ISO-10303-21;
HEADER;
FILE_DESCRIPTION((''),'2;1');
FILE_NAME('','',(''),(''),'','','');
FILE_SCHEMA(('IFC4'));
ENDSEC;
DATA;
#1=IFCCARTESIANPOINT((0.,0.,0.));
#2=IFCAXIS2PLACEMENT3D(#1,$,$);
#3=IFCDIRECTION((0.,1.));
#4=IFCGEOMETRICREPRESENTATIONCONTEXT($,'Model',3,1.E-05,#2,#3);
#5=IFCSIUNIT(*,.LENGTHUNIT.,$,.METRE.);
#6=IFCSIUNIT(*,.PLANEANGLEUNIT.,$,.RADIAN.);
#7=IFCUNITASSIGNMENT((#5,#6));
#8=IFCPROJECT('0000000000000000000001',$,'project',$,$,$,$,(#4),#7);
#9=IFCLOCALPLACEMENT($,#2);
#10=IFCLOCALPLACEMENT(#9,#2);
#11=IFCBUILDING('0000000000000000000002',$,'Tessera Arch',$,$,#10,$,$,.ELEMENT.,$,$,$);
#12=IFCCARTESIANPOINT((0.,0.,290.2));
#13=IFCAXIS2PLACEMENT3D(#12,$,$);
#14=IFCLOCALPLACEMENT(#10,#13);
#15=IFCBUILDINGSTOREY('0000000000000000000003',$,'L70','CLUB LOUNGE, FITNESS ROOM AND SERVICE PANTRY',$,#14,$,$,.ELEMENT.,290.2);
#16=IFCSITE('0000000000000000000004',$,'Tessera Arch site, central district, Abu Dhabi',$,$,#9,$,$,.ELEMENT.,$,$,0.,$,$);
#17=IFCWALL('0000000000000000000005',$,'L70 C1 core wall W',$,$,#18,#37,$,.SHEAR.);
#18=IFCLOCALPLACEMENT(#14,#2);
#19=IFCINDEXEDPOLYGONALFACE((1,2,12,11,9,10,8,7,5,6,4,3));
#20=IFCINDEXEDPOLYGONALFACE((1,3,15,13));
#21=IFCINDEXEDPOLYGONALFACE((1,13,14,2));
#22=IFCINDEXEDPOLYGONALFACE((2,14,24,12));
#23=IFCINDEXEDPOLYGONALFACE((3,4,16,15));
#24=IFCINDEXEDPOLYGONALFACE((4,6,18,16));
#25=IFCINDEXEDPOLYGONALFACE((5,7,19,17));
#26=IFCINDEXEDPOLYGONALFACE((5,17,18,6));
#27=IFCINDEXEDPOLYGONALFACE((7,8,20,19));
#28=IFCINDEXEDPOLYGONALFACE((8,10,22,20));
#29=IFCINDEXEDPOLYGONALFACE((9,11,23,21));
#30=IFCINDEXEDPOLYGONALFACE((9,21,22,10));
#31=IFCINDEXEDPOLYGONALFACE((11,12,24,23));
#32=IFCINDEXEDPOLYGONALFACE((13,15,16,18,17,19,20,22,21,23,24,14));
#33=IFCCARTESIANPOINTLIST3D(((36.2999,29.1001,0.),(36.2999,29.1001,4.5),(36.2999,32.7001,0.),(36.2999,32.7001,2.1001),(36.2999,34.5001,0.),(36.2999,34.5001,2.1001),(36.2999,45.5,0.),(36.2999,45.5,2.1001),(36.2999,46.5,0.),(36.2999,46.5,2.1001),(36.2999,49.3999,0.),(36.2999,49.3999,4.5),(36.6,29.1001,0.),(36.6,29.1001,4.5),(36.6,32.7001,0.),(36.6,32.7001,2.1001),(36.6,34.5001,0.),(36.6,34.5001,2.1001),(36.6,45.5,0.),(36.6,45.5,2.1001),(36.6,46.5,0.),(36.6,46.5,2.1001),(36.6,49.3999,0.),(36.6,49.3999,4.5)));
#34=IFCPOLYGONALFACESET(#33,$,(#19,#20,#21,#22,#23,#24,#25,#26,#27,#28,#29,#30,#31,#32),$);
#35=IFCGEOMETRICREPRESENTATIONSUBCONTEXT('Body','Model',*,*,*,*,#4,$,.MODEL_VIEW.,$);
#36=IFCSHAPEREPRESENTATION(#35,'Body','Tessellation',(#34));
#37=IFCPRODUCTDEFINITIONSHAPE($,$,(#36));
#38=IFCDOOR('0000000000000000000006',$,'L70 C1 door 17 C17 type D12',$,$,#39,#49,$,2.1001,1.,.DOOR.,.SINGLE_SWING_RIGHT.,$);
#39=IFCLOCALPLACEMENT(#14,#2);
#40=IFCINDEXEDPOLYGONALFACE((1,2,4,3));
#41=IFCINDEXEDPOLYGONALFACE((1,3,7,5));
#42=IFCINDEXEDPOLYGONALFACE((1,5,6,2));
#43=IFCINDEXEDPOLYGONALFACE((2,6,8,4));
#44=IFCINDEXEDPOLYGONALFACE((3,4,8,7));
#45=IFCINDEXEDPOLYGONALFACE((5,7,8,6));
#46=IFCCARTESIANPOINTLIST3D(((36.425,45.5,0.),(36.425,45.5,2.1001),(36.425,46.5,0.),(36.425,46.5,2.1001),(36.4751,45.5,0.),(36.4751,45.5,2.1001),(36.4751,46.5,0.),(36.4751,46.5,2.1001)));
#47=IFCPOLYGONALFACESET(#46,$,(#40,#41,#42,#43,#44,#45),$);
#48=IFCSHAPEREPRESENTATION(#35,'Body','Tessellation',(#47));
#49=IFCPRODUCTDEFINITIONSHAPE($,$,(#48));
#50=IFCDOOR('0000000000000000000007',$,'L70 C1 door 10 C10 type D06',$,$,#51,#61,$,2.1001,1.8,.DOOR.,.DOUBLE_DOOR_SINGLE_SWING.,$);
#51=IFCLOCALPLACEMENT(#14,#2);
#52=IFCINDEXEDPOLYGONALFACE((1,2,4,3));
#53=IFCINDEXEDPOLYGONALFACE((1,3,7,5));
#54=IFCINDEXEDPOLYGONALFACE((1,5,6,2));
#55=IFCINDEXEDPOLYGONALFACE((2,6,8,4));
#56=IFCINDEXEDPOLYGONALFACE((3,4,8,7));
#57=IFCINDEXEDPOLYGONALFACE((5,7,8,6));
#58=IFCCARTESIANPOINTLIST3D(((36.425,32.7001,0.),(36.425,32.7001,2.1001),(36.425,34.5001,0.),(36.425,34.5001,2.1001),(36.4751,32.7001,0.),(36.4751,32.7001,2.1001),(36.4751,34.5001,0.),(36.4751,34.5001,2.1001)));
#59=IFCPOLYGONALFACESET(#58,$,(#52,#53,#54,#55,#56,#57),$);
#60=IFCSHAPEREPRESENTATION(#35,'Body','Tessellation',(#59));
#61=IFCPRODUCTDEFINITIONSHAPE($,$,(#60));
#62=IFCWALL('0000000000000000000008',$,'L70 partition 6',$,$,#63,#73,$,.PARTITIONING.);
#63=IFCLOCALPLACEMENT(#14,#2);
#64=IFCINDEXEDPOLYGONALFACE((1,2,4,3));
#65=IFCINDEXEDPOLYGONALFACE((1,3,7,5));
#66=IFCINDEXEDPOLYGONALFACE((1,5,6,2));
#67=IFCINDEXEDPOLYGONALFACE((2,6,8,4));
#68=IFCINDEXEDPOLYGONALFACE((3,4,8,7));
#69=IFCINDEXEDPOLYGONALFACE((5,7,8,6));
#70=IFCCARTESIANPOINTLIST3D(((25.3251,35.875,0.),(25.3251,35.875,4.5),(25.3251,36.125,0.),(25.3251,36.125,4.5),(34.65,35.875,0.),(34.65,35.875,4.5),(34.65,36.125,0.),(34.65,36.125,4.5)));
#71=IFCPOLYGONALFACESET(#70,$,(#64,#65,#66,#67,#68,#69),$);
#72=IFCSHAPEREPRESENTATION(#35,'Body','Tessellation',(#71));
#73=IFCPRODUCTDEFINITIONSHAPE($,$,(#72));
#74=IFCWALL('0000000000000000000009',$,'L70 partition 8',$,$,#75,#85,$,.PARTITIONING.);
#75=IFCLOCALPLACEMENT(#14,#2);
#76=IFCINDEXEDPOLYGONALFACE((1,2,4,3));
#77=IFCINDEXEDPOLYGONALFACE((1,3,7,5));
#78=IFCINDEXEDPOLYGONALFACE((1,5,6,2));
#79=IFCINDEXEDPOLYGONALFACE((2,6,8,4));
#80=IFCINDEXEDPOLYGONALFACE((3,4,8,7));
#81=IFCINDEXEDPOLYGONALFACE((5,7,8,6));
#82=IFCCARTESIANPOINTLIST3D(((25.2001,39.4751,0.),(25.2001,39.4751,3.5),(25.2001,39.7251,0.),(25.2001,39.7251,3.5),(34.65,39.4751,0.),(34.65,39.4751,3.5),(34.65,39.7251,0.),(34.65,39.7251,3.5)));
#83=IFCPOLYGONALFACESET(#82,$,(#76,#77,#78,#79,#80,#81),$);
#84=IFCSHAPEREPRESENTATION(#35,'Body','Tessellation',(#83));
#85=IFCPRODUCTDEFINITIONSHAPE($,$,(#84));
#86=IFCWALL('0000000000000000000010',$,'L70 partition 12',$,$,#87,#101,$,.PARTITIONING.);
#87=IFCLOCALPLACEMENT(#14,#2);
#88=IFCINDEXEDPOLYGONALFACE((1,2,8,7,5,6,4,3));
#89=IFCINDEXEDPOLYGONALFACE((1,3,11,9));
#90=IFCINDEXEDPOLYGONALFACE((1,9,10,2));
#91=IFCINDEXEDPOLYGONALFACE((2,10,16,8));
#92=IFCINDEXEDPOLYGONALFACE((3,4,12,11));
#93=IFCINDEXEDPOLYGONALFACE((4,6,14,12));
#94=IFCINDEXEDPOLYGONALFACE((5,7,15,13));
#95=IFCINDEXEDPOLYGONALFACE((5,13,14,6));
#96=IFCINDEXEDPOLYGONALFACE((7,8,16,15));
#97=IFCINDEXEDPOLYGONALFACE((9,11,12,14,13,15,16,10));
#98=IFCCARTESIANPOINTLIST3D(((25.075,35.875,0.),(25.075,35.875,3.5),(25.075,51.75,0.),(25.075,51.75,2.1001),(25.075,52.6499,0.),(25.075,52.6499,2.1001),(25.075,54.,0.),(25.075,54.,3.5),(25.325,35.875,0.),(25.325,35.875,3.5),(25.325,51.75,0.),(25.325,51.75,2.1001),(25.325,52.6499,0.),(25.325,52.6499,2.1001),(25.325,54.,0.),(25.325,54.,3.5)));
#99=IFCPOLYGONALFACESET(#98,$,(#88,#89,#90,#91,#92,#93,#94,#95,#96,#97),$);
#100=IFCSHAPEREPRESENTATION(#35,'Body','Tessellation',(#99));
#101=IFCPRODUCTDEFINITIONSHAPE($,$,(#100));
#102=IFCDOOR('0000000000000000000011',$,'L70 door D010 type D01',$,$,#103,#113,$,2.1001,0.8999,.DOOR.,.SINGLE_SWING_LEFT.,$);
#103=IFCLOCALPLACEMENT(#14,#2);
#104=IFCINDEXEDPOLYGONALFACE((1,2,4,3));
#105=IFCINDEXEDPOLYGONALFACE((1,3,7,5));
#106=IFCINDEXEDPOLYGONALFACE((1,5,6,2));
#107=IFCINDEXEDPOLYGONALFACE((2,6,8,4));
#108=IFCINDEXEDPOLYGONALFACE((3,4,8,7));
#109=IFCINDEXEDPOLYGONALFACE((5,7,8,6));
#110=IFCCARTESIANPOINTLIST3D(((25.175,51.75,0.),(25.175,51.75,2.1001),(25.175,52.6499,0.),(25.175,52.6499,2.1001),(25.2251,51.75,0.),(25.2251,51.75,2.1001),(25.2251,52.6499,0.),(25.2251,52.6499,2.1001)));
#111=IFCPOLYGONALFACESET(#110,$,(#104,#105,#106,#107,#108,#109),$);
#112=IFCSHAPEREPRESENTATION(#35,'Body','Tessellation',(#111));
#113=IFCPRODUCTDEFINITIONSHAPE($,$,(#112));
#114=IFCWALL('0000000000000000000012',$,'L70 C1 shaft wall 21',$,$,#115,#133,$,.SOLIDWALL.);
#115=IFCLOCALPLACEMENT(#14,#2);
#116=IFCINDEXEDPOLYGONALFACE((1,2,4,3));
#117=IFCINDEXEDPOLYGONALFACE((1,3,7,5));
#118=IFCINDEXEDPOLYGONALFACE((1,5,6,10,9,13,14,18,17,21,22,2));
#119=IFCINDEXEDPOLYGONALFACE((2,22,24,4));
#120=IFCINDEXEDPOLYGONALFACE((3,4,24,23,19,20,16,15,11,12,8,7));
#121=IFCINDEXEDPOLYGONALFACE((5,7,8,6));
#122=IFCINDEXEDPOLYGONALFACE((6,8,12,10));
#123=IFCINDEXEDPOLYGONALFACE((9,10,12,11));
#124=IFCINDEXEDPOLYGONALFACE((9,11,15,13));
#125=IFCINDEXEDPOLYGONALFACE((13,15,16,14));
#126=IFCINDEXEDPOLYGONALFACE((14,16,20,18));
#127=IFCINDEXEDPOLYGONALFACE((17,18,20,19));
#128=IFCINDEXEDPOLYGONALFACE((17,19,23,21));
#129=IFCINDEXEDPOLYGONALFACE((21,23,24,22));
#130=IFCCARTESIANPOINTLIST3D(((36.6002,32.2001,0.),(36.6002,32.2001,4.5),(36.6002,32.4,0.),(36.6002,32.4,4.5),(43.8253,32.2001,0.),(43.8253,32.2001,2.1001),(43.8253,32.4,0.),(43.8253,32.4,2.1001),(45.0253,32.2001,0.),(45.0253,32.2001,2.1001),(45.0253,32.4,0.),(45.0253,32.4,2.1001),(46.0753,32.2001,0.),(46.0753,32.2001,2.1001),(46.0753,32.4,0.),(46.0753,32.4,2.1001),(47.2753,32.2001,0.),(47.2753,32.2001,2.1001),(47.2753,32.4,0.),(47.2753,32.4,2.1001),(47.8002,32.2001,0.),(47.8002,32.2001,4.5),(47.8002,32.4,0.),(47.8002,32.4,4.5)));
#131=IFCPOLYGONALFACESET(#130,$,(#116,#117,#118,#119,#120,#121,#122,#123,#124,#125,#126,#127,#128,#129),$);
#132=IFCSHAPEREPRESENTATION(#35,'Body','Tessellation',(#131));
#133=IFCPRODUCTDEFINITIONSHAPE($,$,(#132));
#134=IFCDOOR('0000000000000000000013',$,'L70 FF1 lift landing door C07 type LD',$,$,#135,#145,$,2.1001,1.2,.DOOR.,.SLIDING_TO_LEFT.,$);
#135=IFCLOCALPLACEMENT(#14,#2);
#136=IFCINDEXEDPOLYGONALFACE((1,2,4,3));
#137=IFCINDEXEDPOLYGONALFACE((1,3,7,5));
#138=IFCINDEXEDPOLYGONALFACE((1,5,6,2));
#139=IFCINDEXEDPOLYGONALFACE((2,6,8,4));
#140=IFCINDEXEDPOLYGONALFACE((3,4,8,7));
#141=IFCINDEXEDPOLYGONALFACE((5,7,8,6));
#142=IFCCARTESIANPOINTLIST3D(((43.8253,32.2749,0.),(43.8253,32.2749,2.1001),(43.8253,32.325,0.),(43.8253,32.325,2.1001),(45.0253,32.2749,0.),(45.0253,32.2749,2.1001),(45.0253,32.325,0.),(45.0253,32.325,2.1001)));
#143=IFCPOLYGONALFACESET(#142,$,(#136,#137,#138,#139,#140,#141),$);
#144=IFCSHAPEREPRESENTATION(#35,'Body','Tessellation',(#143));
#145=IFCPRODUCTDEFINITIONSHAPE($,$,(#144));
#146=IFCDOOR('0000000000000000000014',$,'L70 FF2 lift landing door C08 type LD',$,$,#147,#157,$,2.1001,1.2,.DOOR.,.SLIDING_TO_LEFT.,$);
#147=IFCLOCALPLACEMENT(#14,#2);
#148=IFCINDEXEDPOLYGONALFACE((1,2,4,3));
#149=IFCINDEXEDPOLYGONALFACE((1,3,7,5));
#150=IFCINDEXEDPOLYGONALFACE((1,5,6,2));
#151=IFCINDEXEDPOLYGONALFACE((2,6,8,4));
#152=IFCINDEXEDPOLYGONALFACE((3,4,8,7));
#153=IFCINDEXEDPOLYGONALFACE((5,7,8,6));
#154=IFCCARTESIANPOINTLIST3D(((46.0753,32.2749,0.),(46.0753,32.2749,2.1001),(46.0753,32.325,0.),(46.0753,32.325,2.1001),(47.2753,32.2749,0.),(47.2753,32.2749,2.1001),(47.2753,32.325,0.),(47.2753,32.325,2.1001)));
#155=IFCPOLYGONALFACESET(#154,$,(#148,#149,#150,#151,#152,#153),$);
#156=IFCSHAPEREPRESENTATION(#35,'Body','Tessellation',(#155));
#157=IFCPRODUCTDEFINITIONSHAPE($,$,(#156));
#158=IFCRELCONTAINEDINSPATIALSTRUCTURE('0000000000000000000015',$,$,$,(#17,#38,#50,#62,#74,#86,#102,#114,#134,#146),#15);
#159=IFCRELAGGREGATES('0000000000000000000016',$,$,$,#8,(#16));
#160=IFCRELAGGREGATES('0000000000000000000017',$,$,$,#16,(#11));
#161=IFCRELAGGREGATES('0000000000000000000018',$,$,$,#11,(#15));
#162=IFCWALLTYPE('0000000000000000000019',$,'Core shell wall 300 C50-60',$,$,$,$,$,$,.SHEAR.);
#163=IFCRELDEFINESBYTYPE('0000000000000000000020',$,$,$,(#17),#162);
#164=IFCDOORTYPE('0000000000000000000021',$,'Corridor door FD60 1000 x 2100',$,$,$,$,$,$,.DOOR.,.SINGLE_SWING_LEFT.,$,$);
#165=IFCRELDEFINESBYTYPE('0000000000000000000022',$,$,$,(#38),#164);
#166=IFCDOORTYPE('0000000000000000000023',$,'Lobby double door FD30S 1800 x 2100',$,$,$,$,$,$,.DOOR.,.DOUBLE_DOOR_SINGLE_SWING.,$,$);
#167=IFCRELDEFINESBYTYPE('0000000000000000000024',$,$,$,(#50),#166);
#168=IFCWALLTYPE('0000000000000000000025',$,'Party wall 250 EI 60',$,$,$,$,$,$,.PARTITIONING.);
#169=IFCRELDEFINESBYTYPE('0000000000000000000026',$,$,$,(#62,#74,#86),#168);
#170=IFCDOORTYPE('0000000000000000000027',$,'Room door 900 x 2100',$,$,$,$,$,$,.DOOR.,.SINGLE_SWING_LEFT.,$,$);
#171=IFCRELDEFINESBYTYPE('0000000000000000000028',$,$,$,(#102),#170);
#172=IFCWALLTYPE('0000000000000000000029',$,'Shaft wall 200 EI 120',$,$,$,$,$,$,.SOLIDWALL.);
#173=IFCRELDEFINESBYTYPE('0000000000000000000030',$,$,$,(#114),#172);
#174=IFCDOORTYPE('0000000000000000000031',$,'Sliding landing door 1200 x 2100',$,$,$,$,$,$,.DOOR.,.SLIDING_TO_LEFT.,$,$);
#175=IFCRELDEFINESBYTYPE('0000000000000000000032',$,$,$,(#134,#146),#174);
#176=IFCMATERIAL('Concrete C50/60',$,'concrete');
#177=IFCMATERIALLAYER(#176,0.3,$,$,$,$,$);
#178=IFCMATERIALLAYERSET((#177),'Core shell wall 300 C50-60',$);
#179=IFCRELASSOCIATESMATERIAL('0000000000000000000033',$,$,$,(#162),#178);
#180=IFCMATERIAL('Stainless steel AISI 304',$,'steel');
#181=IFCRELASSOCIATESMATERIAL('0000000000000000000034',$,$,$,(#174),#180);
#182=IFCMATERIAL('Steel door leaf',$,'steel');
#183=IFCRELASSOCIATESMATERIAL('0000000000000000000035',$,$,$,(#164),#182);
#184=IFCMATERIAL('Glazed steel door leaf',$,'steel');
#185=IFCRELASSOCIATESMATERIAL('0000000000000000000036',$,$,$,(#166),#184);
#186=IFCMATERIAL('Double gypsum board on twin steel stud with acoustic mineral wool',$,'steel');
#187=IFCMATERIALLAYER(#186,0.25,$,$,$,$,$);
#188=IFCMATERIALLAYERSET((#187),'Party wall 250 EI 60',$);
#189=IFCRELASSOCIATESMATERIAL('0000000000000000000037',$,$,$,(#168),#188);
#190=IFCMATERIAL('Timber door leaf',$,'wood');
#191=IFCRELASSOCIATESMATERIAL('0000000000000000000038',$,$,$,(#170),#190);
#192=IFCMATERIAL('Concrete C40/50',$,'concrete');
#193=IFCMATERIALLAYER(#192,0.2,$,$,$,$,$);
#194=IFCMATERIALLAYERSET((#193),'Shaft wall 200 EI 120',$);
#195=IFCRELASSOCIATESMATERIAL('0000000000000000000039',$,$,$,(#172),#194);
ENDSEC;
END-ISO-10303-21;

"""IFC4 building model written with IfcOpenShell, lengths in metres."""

from ifc_helpers import new_model, si_unit, direction, frame, frame_2d, origin, place, context, subcontext, project, spatial, rectangle, extrude, material, layer, layer_set, type_object, element, fill, save


model = new_model("IFC4")

# Units and contexts
model_context = context("Model", 3, precision=1e-05, world=origin(), true_north=direction((0.0, 1.0)))
body_context = subcontext(model_context, "Body", "Model", "MODEL_VIEW")
ifc_project = project(units=[si_unit("LENGTHUNIT", "METRE"), si_unit("PLANEANGLEUNIT", "RADIAN")], contexts=[model_context])

# Site, building, storey
site_placement = place(None, origin())
site = spatial("IfcSite", under=ifc_project, at=site_placement, Name="Tessera Arch site, central district, Abu Dhabi", CompositionType="ELEMENT", RefElevation=0.0)
building_placement = place(site_placement, origin())
building = spatial("IfcBuilding", under=site, at=building_placement, Name="Tessera Arch", CompositionType="ELEMENT")
storey_placement = place(building_placement, frame((0.0, 0.0, 290.2)))
storey = spatial("IfcBuildingStorey", under=building, at=storey_placement, Name="L70", Description="CLUB LOUNGE, FITNESS ROOM AND SERVICE PANTRY", CompositionType="ELEMENT", Elevation=290.2)

# Wall, openings, doors
ifc_material_1 = material(Name="Concrete C50/60", Category="concrete")
ifc_layer_1 = layer(ifc_material_1, 0.3)
ifc_layer_set_1 = layer_set([ifc_layer_1], Name="Core shell wall 300 C50-60")
wall_type_1 = type_object("IfcWallType", Name="Core shell wall 300 C50-60", PredefinedType="SHEAR", material=ifc_layer_set_1)
ifc_material_2 = material(Name="Stainless steel AISI 304", Category="steel")
door_type_1 = type_object("IfcDoorType", Name="Sliding landing door 1200 x 2100", OperationType="SLIDING_TO_LEFT", PredefinedType="DOOR", material=ifc_material_2)
wall_1_placement = place(storey_placement, frame((36.45, 29.1001, 0.0), z_axis=(0.0, 0.0, 1.0), x_axis=(0.0, 1.0, 0.0)))
wall_1 = element("IfcWall", 1, at=wall_1_placement, inside=storey, type_object=wall_type_1, Name="L70 C1 core wall W", PredefinedType="SHEAR", context=body_context, shape_type="SweptSolid", body=[
    extrude(rectangle(XDim=20.2998, YDim=0.3, at=frame_2d((10.1499, 0.0))), origin(), (0.0, 0.0, 1.0), 4.5),
])
opening_1_placement = place(wall_1_placement, frame((3.6001, 0.0, 0.0)))
opening_1 = element("IfcOpeningElement", 2, at=opening_1_placement, cuts=wall_1, PredefinedType="OPENING", context=body_context, shape_type="SweptSolid", body=[
    extrude(rectangle(XDim=1.8, YDim=2.1001, at=frame_2d((0.8999, 1.05))), frame((0.0, 0.1599, 0.0), z_axis=(0.0, -1.0, 0.0), x_axis=(1.0, 0.0, 0.0)), (0.0, 0.0, 1.0), 0.3201),
])
opening_2_placement = place(wall_1_placement, frame((16.3999, 0.0, 0.0)))
opening_2 = element("IfcOpeningElement", 3, at=opening_2_placement, cuts=wall_1, PredefinedType="OPENING", context=body_context, shape_type="SweptSolid", body=[
    extrude(rectangle(XDim=1.0, YDim=2.1001, at=frame_2d((0.5, 1.05))), frame((0.0, 0.1599, 0.0), z_axis=(0.0, -1.0, 0.0), x_axis=(1.0, 0.0, 0.0)), (0.0, 0.0, 1.0), 0.3201),
])
ifc_material_3 = material(Name="Steel door leaf", Category="steel")
door_type_2 = type_object("IfcDoorType", Name="Corridor door FD60 1000 x 2100", OperationType="SINGLE_SWING_LEFT", PredefinedType="DOOR", material=ifc_material_3)
door_1_placement = place(opening_2_placement, origin())
door_1 = element("IfcDoor", 4, at=door_1_placement, inside=storey, type_object=door_type_2, Name="L70 C1 door 17 C17 type D12", OperationType="SINGLE_SWING_RIGHT", OverallHeight=2.1001, OverallWidth=1.0, PredefinedType="DOOR", context=body_context, shape_type="SweptSolid", body=[
    extrude(rectangle(XDim=1.0, YDim=2.1001, at=frame_2d((0.5, 1.05))), frame((0.0, 0.0249, 0.0), z_axis=(0.0, -1.0, 0.0), x_axis=(1.0, 0.0, 0.0)), (0.0, 0.0, 1.0), 0.05),
])
fill(opening_2, door_1)
ifc_material_4 = material(Name="Glazed steel door leaf", Category="steel")
door_type_3 = type_object("IfcDoorType", Name="Lobby double door FD30S 1800 x 2100", OperationType="DOUBLE_DOOR_SINGLE_SWING", PredefinedType="DOOR", material=ifc_material_4)
door_2_placement = place(opening_1_placement, origin())
door_2 = element("IfcDoor", 5, at=door_2_placement, inside=storey, type_object=door_type_3, Name="L70 C1 door 10 C10 type D06", OperationType="DOUBLE_DOOR_SINGLE_SWING", OverallHeight=2.1001, OverallWidth=1.8, PredefinedType="DOOR", context=body_context, shape_type="SweptSolid", body=[
    extrude(rectangle(XDim=1.8, YDim=2.1001, at=frame_2d((0.8999, 1.05))), frame((0.0, 0.0249, 0.0), z_axis=(0.0, -1.0, 0.0), x_axis=(1.0, 0.0, 0.0)), (0.0, 0.0, 1.0), 0.05),
])
fill(opening_1, door_2)

# Walls
ifc_material_5 = material(Name="Double gypsum board on twin steel stud with acoustic mineral wool", Category="steel")
ifc_layer_2 = layer(ifc_material_5, 0.25)
ifc_layer_set_2 = layer_set([ifc_layer_2], Name="Party wall 250 EI 60")
wall_type_2 = type_object("IfcWallType", Name="Party wall 250 EI 60", PredefinedType="PARTITIONING", material=ifc_layer_set_2)
wall_2_placement = place(storey_placement, frame((25.325, 36.0, 0.0), z_axis=(0.0, 0.0, 1.0), x_axis=(1.0, 0.0, 0.0)))
element("IfcWall", 6, at=wall_2_placement, inside=storey, type_object=wall_type_2, Name="L70 partition 6", PredefinedType="PARTITIONING", context=body_context, shape_type="SweptSolid", body=[
    extrude(rectangle(XDim=9.325, YDim=0.25, at=frame_2d((4.6626, 0.0))), origin(), (0.0, 0.0, 1.0), 4.5),
])
wall_3_placement = place(storey_placement, frame((25.2, 39.6001, 0.0), z_axis=(0.0, 0.0, 1.0), x_axis=(1.0, 0.0, 0.0)))
element("IfcWall", 7, at=wall_3_placement, inside=storey, type_object=wall_type_2, Name="L70 partition 8", PredefinedType="PARTITIONING", context=body_context, shape_type="SweptSolid", body=[
    extrude(rectangle(XDim=9.45, YDim=0.25, at=frame_2d((4.7251, 0.0))), origin(), (0.0, 0.0, 1.0), 3.5),
])

# Wall, opening, door
wall_4_placement = place(storey_placement, frame((25.2, 35.875, 0.0), z_axis=(0.0, 0.0, 1.0), x_axis=(0.0, 1.0, 0.0)))
wall_4 = element("IfcWall", 8, at=wall_4_placement, inside=storey, type_object=wall_type_2, Name="L70 partition 12", PredefinedType="PARTITIONING", context=body_context, shape_type="SweptSolid", body=[
    extrude(rectangle(XDim=18.125, YDim=0.25, at=frame_2d((9.0625, 0.0))), origin(), (0.0, 0.0, 1.0), 3.5),
])
opening_3_placement = place(wall_4_placement, frame((15.875, 0.0, 0.0)))
opening_3 = element("IfcOpeningElement", 9, at=opening_3_placement, cuts=wall_4, PredefinedType="OPENING", context=body_context, shape_type="SweptSolid", body=[
    extrude(rectangle(XDim=0.8999, YDim=2.1001, at=frame_2d((0.45, 1.05))), frame((0.0, 0.135, 0.0), z_axis=(0.0, -1.0, 0.0), x_axis=(1.0, 0.0, 0.0)), (0.0, 0.0, 1.0), 0.27),
])
ifc_material_6 = material(Name="Timber door leaf", Category="wood")
door_type_4 = type_object("IfcDoorType", Name="Room door 900 x 2100", OperationType="SINGLE_SWING_LEFT", PredefinedType="DOOR", material=ifc_material_6)
door_3_placement = place(opening_3_placement, origin())
door_3 = element("IfcDoor", 10, at=door_3_placement, inside=storey, type_object=door_type_4, Name="L70 door D010 type D01", OperationType="SINGLE_SWING_LEFT", OverallHeight=2.1001, OverallWidth=0.8999, PredefinedType="DOOR", context=body_context, shape_type="SweptSolid", body=[
    extrude(rectangle(XDim=0.8999, YDim=2.1001, at=frame_2d((0.45, 1.05))), frame((0.0, 0.0249, 0.0), z_axis=(0.0, -1.0, 0.0), x_axis=(1.0, 0.0, 0.0)), (0.0, 0.0, 1.0), 0.05),
])
fill(opening_3, door_3)

# Wall, openings, doors
ifc_material_7 = material(Name="Concrete C40/50", Category="concrete")
ifc_layer_3 = layer(ifc_material_7, 0.2)
ifc_layer_set_3 = layer_set([ifc_layer_3], Name="Shaft wall 200 EI 120")
wall_type_3 = type_object("IfcWallType", Name="Shaft wall 200 EI 120", PredefinedType="SOLIDWALL", material=ifc_layer_set_3)
wall_5_placement = place(storey_placement, frame((36.6001, 32.3, 0.0), z_axis=(0.0, 0.0, 1.0), x_axis=(1.0, 0.0, 0.0)))
wall_5 = element("IfcWall", 11, at=wall_5_placement, inside=storey, type_object=wall_type_3, Name="L70 C1 shaft wall 21", PredefinedType="SOLIDWALL", context=body_context, shape_type="SweptSolid", body=[
    extrude(rectangle(XDim=11.2, YDim=0.2, at=frame_2d((5.6001, 0.0))), origin(), (0.0, 0.0, 1.0), 4.5),
])
opening_4_placement = place(wall_5_placement, frame((7.2251, 0.0, 0.0)))
opening_4 = element("IfcOpeningElement", 12, at=opening_4_placement, cuts=wall_5, PredefinedType="OPENING", context=body_context, shape_type="SweptSolid", body=[
    extrude(rectangle(XDim=1.2, YDim=2.1001, at=frame_2d((0.6001, 1.05))), frame((0.0, 0.1099, 0.0), z_axis=(0.0, -1.0, 0.0), x_axis=(1.0, 0.0, 0.0)), (0.0, 0.0, 1.0), 0.22),
])
opening_5_placement = place(wall_5_placement, frame((9.4751, 0.0, 0.0)))
opening_5 = element("IfcOpeningElement", 13, at=opening_5_placement, cuts=wall_5, PredefinedType="OPENING", context=body_context, shape_type="SweptSolid", body=[
    extrude(rectangle(XDim=1.2, YDim=2.1001, at=frame_2d((0.6001, 1.05))), frame((0.0, 0.1099, 0.0), z_axis=(0.0, -1.0, 0.0), x_axis=(1.0, 0.0, 0.0)), (0.0, 0.0, 1.0), 0.22),
])
door_4_placement = place(opening_4_placement, origin())
door_4 = element("IfcDoor", 14, at=door_4_placement, inside=storey, type_object=door_type_1, Name="L70 FF1 lift landing door C07 type LD", OperationType="SLIDING_TO_LEFT", OverallHeight=2.1001, OverallWidth=1.2, PredefinedType="DOOR", context=body_context, shape_type="SweptSolid", body=[
    extrude(rectangle(XDim=1.2, YDim=2.1001, at=frame_2d((0.6001, 1.05))), frame((0.0, 0.0249, 0.0), z_axis=(0.0, -1.0, 0.0), x_axis=(1.0, 0.0, 0.0)), (0.0, 0.0, 1.0), 0.05),
])
fill(opening_4, door_4)
door_5_placement = place(opening_5_placement, origin())
door_5 = element("IfcDoor", 15, at=door_5_placement, inside=storey, type_object=door_type_1, Name="L70 FF2 lift landing door C08 type LD", OperationType="SLIDING_TO_LEFT", OverallHeight=2.1001, OverallWidth=1.2, PredefinedType="DOOR", context=body_context, shape_type="SweptSolid", body=[
    extrude(rectangle(XDim=1.2, YDim=2.1001, at=frame_2d((0.6001, 1.05))), frame((0.0, 0.0249, 0.0), z_axis=(0.0, -1.0, 0.0), x_axis=(1.0, 0.0, 0.0)), (0.0, 0.0, 1.0), 0.05),
])
fill(opening_5, door_5)

save(model, "model.ifc")
